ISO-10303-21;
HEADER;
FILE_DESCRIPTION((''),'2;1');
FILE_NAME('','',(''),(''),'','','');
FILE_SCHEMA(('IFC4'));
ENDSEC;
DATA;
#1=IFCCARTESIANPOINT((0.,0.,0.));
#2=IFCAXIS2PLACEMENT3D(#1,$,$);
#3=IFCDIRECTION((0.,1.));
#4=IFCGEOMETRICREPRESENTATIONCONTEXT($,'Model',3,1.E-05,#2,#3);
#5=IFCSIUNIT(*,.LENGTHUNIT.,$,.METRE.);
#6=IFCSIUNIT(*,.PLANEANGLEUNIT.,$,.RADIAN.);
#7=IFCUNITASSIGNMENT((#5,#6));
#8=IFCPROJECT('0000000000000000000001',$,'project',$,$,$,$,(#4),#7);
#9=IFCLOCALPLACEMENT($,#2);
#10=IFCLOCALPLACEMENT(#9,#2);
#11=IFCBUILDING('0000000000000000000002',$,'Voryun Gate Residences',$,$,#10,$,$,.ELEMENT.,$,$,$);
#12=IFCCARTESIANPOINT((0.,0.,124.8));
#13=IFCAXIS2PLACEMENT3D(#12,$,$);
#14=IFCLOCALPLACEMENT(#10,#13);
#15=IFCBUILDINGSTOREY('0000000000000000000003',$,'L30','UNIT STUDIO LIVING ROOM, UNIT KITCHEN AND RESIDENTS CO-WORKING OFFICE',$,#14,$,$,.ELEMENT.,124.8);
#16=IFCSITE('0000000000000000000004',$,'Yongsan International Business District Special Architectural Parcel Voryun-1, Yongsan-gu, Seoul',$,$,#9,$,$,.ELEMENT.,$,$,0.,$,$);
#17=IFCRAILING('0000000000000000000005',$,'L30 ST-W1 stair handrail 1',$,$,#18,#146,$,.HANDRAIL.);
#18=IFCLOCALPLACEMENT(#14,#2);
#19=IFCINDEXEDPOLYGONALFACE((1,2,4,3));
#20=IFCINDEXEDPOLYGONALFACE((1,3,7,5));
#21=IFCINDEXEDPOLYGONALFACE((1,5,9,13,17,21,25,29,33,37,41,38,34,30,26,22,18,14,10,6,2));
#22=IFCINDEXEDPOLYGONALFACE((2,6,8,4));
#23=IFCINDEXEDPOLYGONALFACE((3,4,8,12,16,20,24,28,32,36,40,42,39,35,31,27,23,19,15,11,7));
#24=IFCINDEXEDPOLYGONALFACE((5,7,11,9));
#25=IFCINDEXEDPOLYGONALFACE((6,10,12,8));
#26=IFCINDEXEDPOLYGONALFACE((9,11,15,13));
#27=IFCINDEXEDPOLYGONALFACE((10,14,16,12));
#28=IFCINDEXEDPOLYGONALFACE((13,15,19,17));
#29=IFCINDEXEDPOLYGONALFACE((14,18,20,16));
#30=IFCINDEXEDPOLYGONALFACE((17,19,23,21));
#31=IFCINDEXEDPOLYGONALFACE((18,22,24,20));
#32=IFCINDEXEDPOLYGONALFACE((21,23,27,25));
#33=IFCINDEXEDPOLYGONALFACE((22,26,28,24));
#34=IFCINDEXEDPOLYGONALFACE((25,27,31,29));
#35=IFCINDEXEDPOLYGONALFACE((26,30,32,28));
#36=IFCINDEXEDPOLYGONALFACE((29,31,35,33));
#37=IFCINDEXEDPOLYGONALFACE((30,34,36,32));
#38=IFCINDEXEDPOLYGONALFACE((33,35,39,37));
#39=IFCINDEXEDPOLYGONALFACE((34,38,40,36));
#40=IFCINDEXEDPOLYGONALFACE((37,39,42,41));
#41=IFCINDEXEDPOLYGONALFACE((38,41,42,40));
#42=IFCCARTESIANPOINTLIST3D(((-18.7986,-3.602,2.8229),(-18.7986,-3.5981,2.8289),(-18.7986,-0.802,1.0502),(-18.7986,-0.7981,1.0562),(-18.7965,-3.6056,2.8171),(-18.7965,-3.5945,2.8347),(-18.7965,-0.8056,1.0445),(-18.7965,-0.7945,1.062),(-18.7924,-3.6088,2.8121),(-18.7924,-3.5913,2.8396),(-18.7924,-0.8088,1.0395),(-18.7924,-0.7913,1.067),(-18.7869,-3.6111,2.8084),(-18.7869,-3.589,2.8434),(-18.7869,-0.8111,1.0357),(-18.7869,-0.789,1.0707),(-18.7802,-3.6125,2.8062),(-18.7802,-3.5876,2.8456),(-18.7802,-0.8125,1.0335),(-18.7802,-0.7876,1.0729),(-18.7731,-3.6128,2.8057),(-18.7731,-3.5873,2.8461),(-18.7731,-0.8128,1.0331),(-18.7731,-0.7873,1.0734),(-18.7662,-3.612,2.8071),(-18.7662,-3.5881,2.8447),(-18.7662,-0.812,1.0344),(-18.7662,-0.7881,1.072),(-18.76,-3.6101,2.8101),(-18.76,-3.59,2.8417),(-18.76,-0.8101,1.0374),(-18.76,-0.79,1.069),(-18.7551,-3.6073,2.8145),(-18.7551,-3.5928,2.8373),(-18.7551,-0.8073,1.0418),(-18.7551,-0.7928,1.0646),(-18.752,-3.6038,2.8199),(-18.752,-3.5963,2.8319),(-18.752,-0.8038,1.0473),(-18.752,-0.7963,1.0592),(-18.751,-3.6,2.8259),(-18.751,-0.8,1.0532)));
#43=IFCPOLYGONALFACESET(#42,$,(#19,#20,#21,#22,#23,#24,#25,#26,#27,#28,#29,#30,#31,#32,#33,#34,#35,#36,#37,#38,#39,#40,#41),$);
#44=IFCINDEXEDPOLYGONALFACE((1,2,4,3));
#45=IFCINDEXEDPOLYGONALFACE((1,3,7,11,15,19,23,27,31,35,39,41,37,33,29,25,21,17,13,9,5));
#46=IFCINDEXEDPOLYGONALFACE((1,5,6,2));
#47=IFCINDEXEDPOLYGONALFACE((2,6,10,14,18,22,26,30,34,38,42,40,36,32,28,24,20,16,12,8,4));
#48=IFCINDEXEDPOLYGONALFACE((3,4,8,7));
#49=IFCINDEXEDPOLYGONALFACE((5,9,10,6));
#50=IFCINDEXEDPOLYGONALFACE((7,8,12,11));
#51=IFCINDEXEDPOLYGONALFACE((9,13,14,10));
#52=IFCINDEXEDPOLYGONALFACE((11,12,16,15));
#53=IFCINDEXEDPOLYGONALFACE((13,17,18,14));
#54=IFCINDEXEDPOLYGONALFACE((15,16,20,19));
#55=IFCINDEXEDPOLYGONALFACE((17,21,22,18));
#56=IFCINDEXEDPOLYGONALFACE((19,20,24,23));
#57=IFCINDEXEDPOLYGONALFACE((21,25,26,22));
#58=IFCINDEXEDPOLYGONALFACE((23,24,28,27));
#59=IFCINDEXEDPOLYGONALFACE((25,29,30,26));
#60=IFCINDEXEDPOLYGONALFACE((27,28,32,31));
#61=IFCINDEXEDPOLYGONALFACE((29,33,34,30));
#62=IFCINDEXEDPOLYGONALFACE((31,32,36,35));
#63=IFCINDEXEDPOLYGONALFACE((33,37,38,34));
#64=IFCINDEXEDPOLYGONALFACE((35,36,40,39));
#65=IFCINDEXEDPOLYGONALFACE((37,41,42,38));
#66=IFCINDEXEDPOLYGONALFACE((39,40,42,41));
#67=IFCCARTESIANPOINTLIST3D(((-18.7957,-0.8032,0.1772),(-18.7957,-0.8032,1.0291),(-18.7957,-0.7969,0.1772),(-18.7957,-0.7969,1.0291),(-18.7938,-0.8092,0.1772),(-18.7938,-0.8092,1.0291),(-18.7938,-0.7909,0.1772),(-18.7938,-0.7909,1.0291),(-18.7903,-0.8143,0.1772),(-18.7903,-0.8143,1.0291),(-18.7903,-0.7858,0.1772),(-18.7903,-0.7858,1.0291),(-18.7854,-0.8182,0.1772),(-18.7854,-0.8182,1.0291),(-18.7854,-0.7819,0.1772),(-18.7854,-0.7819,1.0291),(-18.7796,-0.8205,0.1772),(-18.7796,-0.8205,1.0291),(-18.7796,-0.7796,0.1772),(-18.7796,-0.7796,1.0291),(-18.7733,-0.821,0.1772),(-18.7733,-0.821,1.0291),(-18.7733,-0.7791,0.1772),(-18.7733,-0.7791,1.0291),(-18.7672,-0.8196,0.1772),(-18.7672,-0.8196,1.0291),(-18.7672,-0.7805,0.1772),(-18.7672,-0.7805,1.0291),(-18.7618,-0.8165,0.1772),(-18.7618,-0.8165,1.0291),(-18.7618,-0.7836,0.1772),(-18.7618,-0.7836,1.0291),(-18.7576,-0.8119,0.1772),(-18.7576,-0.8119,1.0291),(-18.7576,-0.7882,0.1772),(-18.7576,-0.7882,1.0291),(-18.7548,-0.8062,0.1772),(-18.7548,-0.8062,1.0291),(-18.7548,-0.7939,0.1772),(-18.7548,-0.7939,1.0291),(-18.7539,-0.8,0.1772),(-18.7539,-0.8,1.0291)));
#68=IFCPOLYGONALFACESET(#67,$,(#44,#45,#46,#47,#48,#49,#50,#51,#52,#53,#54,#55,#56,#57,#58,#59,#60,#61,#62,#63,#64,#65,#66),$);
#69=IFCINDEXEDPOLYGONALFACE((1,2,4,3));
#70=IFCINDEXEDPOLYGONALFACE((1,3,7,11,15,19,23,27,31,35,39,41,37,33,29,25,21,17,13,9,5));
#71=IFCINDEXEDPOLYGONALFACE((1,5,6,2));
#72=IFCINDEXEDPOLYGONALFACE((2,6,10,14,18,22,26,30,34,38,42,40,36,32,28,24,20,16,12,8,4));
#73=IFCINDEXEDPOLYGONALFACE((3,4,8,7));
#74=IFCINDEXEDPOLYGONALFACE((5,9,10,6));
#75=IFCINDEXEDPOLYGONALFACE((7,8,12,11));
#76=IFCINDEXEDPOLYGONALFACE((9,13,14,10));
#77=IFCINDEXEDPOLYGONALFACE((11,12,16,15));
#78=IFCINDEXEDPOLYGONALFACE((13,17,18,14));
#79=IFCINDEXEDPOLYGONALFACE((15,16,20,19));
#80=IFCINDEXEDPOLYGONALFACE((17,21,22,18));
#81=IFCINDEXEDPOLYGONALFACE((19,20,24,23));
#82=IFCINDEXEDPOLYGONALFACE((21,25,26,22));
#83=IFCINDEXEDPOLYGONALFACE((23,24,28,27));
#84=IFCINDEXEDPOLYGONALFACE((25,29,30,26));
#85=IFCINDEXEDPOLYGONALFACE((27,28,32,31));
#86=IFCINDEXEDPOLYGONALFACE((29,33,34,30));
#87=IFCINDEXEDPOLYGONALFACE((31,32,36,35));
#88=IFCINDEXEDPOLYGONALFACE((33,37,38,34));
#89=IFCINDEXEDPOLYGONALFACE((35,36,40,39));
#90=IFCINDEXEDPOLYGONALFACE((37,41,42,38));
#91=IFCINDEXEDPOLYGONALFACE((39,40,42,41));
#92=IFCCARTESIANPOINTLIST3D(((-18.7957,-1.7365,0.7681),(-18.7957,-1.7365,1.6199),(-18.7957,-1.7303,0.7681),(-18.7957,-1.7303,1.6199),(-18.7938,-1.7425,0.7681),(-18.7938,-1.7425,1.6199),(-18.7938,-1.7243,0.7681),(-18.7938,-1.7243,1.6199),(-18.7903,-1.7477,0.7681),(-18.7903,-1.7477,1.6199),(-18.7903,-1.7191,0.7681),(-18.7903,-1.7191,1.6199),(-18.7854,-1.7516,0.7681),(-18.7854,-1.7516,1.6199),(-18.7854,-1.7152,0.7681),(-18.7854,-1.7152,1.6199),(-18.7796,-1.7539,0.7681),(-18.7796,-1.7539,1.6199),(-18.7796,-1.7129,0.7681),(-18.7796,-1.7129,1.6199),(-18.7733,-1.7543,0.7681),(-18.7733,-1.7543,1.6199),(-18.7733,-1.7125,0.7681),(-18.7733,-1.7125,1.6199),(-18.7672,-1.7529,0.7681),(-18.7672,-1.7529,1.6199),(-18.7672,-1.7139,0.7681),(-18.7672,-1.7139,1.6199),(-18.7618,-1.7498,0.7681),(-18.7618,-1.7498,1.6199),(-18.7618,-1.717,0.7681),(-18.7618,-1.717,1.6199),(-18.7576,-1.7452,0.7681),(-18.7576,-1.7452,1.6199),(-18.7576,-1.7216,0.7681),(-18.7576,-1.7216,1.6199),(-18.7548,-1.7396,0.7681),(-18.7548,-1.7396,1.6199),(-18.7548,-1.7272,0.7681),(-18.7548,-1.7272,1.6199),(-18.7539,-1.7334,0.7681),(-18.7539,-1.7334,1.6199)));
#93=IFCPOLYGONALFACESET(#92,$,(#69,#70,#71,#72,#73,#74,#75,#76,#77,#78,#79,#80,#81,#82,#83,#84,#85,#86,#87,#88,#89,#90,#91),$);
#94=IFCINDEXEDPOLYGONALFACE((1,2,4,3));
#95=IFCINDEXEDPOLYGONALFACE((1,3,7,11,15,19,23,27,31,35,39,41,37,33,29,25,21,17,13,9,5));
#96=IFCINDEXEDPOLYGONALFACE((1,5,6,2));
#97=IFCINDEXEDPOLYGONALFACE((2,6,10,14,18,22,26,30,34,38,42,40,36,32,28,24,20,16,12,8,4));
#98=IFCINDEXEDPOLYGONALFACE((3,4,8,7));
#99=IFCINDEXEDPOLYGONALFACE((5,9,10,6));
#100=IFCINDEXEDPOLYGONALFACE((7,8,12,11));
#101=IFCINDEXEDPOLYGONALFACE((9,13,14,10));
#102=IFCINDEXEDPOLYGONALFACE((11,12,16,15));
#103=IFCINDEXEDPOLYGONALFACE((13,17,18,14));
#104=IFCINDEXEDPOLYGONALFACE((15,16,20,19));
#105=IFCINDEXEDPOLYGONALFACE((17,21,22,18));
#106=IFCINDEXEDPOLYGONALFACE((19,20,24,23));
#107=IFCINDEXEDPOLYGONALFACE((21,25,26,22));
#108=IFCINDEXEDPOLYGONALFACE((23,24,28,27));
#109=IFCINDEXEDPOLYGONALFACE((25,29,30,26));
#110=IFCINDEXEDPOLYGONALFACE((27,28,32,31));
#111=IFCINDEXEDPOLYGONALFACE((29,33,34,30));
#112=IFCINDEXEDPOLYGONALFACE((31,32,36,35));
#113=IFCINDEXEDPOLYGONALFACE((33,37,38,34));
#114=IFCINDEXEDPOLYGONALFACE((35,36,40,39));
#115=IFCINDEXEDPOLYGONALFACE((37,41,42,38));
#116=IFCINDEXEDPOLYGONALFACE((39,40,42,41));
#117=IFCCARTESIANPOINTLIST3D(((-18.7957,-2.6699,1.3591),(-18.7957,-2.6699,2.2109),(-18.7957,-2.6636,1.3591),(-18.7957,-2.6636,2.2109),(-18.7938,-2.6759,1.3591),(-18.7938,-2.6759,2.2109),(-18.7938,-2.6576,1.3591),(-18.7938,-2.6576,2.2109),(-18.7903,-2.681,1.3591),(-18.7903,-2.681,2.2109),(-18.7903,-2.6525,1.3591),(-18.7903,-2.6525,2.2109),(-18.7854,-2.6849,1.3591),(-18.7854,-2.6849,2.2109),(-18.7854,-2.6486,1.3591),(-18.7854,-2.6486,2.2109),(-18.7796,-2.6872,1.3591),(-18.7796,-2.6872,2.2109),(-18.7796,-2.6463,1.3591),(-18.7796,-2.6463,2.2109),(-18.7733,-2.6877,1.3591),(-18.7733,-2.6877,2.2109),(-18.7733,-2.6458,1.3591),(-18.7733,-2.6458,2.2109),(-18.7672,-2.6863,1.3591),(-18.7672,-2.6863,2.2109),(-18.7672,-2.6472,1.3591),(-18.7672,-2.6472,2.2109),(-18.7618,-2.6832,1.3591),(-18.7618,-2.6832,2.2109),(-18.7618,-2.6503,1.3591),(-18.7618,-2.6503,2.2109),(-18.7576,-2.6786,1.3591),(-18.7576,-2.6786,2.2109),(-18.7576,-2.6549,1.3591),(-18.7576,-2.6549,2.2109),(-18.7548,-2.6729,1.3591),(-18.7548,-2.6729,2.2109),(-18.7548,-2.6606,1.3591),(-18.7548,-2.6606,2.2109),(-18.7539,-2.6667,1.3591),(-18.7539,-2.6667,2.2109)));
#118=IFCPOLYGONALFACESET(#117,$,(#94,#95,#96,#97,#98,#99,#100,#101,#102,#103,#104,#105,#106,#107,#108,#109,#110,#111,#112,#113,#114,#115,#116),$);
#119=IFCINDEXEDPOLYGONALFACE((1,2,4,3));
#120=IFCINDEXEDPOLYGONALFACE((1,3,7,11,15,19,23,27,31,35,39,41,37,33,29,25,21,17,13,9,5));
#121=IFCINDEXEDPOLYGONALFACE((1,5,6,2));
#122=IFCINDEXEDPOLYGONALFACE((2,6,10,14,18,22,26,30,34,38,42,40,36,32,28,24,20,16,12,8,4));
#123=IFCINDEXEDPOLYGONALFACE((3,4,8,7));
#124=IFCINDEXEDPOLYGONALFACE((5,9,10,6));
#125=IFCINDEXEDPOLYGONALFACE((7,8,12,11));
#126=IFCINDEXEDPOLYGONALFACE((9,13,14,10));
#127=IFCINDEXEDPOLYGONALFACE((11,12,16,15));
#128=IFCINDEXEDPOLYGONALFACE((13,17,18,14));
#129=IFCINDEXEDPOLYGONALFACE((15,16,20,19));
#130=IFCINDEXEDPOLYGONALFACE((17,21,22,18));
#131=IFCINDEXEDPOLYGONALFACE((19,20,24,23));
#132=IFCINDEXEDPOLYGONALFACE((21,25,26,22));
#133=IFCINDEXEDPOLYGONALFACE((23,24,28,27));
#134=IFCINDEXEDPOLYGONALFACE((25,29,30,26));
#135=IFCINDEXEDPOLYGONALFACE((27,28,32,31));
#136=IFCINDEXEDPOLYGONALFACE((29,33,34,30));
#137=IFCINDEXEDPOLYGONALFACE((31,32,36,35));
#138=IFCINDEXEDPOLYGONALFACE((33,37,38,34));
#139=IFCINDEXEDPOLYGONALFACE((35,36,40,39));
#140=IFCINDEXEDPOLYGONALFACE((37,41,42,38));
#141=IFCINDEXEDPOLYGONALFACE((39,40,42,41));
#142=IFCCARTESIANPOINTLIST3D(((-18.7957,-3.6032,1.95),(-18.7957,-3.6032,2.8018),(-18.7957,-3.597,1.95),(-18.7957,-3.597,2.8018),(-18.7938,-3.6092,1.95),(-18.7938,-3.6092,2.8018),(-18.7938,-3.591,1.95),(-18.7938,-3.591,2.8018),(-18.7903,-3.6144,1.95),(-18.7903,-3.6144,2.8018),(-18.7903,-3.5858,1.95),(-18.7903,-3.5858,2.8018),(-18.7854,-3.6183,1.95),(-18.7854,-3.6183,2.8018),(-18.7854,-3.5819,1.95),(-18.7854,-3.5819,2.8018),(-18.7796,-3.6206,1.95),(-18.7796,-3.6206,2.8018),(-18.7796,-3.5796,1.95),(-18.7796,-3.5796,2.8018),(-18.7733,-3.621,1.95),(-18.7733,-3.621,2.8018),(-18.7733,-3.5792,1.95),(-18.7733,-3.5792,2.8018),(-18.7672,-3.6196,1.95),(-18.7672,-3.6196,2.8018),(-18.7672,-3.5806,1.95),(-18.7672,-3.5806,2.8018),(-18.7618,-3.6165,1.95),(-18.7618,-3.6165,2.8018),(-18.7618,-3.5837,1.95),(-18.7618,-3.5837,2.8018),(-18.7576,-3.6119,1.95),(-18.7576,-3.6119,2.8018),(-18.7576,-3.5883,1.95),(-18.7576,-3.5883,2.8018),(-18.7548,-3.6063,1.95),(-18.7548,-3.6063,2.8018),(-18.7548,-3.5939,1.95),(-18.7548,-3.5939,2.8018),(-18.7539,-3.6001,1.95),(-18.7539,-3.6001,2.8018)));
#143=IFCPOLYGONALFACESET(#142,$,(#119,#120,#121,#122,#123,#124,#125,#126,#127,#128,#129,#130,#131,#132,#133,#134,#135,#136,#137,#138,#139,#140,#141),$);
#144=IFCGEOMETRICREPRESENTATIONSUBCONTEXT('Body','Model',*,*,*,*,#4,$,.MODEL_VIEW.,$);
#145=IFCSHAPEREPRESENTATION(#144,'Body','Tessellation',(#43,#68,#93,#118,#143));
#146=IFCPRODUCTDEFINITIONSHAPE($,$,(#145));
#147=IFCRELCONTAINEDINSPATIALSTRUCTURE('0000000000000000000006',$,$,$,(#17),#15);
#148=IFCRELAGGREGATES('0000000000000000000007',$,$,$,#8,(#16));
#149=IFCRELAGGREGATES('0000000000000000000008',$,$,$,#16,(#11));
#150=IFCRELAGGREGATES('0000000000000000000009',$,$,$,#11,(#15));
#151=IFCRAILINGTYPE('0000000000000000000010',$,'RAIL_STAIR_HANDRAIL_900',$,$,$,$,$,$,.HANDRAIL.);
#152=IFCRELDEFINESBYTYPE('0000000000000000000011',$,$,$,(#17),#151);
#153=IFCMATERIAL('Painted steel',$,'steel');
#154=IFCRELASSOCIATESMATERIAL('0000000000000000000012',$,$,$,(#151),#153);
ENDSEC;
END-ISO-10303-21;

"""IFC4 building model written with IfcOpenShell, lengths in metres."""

from ifc_helpers import new_model, si_unit, direction, frame, origin, origin_2d, place, context, subcontext, project, spatial, circle, extrude, material, type_object, element, save


model = new_model("IFC4")

# Units and contexts
model_context = context("Model", 3, precision=1e-05, world=origin(), true_north=direction((0.0, 1.0)))
body_context = subcontext(model_context, "Body", "Model", "MODEL_VIEW")
ifc_project = project(units=[si_unit("LENGTHUNIT", "METRE"), si_unit("PLANEANGLEUNIT", "RADIAN")], contexts=[model_context])

# Site, building, storey
site_placement = place(None, origin())
site = spatial("IfcSite", under=ifc_project, at=site_placement, Name="Yongsan International Business District Special Architectural Parcel Voryun-1, Yongsan-gu, Seoul", CompositionType="ELEMENT", RefElevation=0.0)
building_placement = place(site_placement, origin())
building = spatial("IfcBuilding", under=site, at=building_placement, Name="Voryun Gate Residences", CompositionType="ELEMENT")
storey_placement = place(building_placement, frame((0.0, 0.0, 124.8)))
storey = spatial("IfcBuildingStorey", under=building, at=storey_placement, Name="L30", Description="UNIT STUDIO LIVING ROOM, UNIT KITCHEN AND RESIDENTS CO-WORKING OFFICE", CompositionType="ELEMENT", Elevation=124.8)

# Railing
ifc_material_1 = material(Name="Painted steel", Category="steel")
railing_type_1 = type_object("IfcRailingType", Name="RAIL_STAIR_HANDRAIL_900", PredefinedType="HANDRAIL", material=ifc_material_1)
railing_1_placement = place(storey_placement, frame((-18.7749, -0.8, 0.1772)))
element("IfcRailing", 1, at=railing_1_placement, inside=storey, type_object=railing_type_1, Name="L30 ST-W1 stair handrail 1", PredefinedType="HANDRAIL", context=body_context, shape_type="SweptSolid", body=[
    extrude(circle(Radius=0.0239, at=origin_2d()), frame((0.0, 0.0, 0.876), z_axis=(0.0, -0.844909, 0.53491), x_axis=(1.0, 0.0, 0.0)), (0.0, 0.0, 1.0), 3.314),
    extrude(circle(Radius=0.021, at=origin_2d()), origin(), (0.0, 0.0, 1.0), 0.8518),
    extrude(circle(Radius=0.021, at=origin_2d()), frame((0.0, -0.9333, 0.5908)), (0.0, 0.0, 1.0), 0.8518),
    extrude(circle(Radius=0.021, at=origin_2d()), frame((0.0, -1.8667, 1.1819)), (0.0, 0.0, 1.0), 0.8518),
    extrude(circle(Radius=0.021, at=origin_2d()), frame((0.0, -2.8, 1.7727)), (0.0, 0.0, 1.0), 0.8518),
])

save(model, "model.ifc")
